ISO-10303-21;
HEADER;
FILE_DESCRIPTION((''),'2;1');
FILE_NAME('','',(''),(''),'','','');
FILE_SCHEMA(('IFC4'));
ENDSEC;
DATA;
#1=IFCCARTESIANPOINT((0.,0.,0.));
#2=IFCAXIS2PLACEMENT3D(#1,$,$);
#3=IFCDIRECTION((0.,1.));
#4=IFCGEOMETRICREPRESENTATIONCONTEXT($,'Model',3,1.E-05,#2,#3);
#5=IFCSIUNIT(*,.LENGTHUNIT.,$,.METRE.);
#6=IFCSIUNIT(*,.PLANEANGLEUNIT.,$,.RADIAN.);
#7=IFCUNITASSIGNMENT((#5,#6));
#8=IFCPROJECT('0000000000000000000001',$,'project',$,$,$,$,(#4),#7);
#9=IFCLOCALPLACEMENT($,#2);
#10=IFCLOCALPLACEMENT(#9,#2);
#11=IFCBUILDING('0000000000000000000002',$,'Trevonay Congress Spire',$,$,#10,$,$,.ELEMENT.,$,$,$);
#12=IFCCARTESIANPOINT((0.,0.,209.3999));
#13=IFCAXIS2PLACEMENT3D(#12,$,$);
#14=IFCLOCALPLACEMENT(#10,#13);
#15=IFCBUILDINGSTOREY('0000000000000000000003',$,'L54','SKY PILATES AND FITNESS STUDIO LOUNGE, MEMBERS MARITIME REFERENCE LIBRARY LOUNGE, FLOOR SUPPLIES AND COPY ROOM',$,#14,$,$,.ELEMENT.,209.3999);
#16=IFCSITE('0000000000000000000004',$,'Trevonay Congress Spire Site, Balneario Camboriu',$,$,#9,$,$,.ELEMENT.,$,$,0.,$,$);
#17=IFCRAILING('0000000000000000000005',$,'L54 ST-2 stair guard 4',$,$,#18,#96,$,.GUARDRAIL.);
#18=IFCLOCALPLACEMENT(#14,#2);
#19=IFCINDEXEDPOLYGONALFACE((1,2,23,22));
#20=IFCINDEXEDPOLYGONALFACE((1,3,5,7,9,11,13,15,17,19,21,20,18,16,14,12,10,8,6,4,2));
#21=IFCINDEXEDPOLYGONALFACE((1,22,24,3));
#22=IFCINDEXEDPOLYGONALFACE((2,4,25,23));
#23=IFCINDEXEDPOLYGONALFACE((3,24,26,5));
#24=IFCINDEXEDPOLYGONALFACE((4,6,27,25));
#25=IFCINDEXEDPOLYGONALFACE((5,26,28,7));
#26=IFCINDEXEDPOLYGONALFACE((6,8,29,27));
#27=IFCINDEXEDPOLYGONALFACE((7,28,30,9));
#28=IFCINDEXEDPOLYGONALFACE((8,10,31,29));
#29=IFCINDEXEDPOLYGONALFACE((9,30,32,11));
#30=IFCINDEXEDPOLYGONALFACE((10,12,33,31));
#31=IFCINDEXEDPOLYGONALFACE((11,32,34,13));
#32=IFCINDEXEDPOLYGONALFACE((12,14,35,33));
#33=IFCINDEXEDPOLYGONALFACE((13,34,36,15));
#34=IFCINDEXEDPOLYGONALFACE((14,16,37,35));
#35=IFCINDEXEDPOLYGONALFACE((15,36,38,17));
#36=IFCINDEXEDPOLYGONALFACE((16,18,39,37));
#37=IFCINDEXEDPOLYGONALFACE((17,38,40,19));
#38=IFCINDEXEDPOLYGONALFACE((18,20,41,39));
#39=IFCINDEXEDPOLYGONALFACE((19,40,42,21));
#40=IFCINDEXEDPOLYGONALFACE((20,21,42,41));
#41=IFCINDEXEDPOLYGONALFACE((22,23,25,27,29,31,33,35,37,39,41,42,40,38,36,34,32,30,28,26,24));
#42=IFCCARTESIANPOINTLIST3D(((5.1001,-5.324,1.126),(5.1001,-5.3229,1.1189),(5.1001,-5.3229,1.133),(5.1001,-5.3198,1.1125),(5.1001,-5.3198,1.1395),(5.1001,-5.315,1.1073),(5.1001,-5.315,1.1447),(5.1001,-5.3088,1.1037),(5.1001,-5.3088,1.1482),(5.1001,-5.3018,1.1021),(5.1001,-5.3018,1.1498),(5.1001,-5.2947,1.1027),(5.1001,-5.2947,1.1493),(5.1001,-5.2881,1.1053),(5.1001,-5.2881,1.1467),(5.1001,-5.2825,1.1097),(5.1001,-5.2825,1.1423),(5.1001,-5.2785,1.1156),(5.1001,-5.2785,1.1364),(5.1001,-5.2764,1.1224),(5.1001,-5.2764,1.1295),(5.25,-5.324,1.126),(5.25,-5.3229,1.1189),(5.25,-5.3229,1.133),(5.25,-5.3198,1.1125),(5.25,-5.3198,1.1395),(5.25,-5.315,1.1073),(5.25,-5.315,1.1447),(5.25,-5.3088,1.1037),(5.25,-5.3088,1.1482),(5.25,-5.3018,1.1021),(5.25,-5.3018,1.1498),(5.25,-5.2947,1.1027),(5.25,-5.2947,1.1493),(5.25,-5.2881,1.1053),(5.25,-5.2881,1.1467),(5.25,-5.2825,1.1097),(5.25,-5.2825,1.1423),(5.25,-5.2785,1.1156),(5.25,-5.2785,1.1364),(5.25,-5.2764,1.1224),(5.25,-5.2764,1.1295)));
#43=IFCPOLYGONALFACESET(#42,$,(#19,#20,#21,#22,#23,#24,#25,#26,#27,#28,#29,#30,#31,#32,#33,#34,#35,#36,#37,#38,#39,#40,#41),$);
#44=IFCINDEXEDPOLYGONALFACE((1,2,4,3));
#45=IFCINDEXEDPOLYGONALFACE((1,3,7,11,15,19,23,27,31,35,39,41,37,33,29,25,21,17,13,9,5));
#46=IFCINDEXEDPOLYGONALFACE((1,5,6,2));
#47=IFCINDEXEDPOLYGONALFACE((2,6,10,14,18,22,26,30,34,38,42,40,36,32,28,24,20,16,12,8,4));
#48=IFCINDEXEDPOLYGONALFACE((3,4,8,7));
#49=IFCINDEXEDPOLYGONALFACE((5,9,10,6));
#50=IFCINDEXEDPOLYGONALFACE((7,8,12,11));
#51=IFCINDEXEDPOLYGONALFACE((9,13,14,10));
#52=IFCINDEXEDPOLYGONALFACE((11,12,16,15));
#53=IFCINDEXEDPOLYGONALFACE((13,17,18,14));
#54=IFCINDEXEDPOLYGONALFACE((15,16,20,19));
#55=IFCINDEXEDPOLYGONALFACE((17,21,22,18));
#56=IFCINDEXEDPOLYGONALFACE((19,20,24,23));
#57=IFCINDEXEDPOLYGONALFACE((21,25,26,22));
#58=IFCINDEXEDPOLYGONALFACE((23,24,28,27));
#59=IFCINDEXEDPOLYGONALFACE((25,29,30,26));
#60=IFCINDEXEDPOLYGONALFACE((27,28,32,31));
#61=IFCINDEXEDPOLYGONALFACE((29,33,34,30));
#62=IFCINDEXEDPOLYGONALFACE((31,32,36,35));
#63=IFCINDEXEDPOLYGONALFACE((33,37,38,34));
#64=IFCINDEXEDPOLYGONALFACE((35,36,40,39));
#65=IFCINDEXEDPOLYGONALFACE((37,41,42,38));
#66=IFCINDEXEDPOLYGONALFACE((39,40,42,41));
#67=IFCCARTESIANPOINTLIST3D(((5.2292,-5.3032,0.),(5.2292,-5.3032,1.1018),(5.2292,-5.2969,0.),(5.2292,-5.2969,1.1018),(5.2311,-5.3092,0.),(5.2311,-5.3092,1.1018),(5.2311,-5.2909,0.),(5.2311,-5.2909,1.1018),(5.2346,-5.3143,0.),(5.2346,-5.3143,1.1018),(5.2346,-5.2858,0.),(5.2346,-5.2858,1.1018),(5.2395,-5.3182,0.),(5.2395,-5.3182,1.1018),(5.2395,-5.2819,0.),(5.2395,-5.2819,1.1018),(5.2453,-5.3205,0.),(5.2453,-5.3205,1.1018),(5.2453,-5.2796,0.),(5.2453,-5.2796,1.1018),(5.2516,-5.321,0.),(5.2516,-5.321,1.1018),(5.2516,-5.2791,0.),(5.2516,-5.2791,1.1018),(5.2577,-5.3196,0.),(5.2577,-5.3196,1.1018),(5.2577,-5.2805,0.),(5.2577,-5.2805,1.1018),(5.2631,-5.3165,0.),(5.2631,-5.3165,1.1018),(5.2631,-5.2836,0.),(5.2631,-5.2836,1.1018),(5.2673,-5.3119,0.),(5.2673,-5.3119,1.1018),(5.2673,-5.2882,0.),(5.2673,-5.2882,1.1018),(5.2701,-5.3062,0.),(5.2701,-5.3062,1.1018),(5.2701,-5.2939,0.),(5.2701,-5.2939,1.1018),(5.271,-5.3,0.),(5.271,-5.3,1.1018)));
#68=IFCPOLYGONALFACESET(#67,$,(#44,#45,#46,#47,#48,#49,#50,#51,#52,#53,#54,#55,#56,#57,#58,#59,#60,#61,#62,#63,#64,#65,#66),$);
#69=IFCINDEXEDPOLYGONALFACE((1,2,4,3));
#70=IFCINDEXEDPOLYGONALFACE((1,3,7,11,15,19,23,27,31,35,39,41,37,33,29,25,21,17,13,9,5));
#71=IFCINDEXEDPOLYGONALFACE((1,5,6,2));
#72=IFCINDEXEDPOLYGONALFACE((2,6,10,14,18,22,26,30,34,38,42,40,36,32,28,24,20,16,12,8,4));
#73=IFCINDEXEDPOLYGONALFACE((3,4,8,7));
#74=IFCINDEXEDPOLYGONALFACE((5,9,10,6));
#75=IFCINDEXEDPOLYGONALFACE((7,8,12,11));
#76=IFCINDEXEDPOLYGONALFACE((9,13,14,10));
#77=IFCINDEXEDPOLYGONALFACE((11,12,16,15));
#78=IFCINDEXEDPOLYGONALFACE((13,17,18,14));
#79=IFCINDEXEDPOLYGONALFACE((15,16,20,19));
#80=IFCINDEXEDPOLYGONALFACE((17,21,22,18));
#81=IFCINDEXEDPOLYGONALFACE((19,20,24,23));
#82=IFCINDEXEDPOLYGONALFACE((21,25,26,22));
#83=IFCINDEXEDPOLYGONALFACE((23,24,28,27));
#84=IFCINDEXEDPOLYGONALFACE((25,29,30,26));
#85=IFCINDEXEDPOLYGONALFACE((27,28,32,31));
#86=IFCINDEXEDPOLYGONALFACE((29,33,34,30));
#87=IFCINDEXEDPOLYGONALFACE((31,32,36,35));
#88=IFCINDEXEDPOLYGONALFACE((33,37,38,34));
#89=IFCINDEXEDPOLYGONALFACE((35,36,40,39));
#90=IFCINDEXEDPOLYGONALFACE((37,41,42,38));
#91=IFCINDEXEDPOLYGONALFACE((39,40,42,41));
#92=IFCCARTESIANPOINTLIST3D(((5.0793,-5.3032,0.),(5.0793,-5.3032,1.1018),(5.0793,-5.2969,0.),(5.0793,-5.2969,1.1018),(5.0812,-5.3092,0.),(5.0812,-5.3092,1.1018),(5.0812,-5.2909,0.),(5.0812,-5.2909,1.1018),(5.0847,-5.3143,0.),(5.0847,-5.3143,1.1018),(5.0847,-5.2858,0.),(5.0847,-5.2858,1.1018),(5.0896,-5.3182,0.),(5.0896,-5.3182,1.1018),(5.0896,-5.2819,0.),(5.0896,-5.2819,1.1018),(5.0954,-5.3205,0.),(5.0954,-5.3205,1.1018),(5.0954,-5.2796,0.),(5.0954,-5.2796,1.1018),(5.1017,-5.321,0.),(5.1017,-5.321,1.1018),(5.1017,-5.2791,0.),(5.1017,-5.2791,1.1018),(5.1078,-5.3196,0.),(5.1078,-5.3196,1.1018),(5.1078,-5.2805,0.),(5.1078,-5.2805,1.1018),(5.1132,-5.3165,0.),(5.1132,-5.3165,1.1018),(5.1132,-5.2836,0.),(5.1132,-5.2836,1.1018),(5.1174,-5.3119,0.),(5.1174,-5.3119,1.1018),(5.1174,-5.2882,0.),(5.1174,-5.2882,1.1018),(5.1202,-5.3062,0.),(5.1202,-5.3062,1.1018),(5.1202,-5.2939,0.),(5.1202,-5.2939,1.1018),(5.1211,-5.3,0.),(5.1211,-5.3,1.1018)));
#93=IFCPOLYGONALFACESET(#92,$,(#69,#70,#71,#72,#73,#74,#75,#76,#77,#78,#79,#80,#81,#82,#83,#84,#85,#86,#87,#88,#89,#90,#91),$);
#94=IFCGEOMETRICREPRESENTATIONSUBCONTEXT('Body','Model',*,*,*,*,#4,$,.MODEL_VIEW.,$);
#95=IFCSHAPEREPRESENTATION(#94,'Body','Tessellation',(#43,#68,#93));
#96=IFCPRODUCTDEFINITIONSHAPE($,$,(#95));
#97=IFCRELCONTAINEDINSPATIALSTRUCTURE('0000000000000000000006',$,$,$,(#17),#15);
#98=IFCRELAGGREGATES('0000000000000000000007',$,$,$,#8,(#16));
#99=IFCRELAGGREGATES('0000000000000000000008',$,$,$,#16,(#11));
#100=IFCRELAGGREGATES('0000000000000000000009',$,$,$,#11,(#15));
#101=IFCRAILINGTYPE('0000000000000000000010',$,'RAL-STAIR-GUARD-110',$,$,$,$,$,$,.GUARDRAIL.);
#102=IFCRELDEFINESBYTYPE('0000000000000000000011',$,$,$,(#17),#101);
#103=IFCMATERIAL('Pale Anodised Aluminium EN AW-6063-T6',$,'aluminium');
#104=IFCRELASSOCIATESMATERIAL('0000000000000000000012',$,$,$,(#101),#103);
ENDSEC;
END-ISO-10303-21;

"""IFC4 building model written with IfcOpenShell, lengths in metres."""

from ifc_helpers import new_model, si_unit, direction, frame, origin, origin_2d, place, context, subcontext, project, spatial, circle, extrude, material, type_object, element, save


model = new_model("IFC4")

# Units and contexts
model_context = context("Model", 3, precision=1e-05, world=origin(), true_north=direction((0.0, 1.0)))
body_context = subcontext(model_context, "Body", "Model", "MODEL_VIEW")
ifc_project = project(units=[si_unit("LENGTHUNIT", "METRE"), si_unit("PLANEANGLEUNIT", "RADIAN")], contexts=[model_context])

# Site, building, storey
site_placement = place(None, origin())
site = spatial("IfcSite", under=ifc_project, at=site_placement, Name="Trevonay Congress Spire Site, Balneario Camboriu", CompositionType="ELEMENT", RefElevation=0.0)
building_placement = place(site_placement, origin())
building = spatial("IfcBuilding", under=site, at=building_placement, Name="Trevonay Congress Spire", CompositionType="ELEMENT")
storey_placement = place(building_placement, frame((0.0, 0.0, 209.3999)))
storey = spatial("IfcBuildingStorey", under=building, at=storey_placement, Name="L54", Description="SKY PILATES AND FITNESS STUDIO LOUNGE, MEMBERS MARITIME REFERENCE LIBRARY LOUNGE, FLOOR SUPPLIES AND COPY ROOM", CompositionType="ELEMENT", Elevation=209.3999)

# Shared definitions
ifc_material_1 = material(Name="Pale Anodised Aluminium EN AW-6063-T6", Category="aluminium")

# Railing
railing_type_1 = type_object("IfcRailingType", Name="RAL-STAIR-GUARD-110", PredefinedType="GUARDRAIL", material=ifc_material_1)
railing_1_placement = place(storey_placement, frame((5.25, -5.3, 0.0)))
element("IfcRailing", 1, at=railing_1_placement, inside=storey, type_object=railing_type_1, Name="L54 ST-2 stair guard 4", PredefinedType="GUARDRAIL", context=body_context, shape_type="SweptSolid", body=[
    extrude(circle(Radius=0.0239, at=origin_2d()), frame((0.0, 0.0, 1.126), z_axis=(-1.0, 0.0, 0.0), x_axis=(0.0, -1.0, 0.0)), (0.0, 0.0, 1.0), 0.1499),
    extrude(circle(Radius=0.021, at=origin_2d()), origin(), (0.0, 0.0, 1.0), 1.1018),
    extrude(circle(Radius=0.021, at=origin_2d()), frame((-0.1499, 0.0, 0.0)), (0.0, 0.0, 1.0), 1.1018),
])

save(model, "model.ifc")
